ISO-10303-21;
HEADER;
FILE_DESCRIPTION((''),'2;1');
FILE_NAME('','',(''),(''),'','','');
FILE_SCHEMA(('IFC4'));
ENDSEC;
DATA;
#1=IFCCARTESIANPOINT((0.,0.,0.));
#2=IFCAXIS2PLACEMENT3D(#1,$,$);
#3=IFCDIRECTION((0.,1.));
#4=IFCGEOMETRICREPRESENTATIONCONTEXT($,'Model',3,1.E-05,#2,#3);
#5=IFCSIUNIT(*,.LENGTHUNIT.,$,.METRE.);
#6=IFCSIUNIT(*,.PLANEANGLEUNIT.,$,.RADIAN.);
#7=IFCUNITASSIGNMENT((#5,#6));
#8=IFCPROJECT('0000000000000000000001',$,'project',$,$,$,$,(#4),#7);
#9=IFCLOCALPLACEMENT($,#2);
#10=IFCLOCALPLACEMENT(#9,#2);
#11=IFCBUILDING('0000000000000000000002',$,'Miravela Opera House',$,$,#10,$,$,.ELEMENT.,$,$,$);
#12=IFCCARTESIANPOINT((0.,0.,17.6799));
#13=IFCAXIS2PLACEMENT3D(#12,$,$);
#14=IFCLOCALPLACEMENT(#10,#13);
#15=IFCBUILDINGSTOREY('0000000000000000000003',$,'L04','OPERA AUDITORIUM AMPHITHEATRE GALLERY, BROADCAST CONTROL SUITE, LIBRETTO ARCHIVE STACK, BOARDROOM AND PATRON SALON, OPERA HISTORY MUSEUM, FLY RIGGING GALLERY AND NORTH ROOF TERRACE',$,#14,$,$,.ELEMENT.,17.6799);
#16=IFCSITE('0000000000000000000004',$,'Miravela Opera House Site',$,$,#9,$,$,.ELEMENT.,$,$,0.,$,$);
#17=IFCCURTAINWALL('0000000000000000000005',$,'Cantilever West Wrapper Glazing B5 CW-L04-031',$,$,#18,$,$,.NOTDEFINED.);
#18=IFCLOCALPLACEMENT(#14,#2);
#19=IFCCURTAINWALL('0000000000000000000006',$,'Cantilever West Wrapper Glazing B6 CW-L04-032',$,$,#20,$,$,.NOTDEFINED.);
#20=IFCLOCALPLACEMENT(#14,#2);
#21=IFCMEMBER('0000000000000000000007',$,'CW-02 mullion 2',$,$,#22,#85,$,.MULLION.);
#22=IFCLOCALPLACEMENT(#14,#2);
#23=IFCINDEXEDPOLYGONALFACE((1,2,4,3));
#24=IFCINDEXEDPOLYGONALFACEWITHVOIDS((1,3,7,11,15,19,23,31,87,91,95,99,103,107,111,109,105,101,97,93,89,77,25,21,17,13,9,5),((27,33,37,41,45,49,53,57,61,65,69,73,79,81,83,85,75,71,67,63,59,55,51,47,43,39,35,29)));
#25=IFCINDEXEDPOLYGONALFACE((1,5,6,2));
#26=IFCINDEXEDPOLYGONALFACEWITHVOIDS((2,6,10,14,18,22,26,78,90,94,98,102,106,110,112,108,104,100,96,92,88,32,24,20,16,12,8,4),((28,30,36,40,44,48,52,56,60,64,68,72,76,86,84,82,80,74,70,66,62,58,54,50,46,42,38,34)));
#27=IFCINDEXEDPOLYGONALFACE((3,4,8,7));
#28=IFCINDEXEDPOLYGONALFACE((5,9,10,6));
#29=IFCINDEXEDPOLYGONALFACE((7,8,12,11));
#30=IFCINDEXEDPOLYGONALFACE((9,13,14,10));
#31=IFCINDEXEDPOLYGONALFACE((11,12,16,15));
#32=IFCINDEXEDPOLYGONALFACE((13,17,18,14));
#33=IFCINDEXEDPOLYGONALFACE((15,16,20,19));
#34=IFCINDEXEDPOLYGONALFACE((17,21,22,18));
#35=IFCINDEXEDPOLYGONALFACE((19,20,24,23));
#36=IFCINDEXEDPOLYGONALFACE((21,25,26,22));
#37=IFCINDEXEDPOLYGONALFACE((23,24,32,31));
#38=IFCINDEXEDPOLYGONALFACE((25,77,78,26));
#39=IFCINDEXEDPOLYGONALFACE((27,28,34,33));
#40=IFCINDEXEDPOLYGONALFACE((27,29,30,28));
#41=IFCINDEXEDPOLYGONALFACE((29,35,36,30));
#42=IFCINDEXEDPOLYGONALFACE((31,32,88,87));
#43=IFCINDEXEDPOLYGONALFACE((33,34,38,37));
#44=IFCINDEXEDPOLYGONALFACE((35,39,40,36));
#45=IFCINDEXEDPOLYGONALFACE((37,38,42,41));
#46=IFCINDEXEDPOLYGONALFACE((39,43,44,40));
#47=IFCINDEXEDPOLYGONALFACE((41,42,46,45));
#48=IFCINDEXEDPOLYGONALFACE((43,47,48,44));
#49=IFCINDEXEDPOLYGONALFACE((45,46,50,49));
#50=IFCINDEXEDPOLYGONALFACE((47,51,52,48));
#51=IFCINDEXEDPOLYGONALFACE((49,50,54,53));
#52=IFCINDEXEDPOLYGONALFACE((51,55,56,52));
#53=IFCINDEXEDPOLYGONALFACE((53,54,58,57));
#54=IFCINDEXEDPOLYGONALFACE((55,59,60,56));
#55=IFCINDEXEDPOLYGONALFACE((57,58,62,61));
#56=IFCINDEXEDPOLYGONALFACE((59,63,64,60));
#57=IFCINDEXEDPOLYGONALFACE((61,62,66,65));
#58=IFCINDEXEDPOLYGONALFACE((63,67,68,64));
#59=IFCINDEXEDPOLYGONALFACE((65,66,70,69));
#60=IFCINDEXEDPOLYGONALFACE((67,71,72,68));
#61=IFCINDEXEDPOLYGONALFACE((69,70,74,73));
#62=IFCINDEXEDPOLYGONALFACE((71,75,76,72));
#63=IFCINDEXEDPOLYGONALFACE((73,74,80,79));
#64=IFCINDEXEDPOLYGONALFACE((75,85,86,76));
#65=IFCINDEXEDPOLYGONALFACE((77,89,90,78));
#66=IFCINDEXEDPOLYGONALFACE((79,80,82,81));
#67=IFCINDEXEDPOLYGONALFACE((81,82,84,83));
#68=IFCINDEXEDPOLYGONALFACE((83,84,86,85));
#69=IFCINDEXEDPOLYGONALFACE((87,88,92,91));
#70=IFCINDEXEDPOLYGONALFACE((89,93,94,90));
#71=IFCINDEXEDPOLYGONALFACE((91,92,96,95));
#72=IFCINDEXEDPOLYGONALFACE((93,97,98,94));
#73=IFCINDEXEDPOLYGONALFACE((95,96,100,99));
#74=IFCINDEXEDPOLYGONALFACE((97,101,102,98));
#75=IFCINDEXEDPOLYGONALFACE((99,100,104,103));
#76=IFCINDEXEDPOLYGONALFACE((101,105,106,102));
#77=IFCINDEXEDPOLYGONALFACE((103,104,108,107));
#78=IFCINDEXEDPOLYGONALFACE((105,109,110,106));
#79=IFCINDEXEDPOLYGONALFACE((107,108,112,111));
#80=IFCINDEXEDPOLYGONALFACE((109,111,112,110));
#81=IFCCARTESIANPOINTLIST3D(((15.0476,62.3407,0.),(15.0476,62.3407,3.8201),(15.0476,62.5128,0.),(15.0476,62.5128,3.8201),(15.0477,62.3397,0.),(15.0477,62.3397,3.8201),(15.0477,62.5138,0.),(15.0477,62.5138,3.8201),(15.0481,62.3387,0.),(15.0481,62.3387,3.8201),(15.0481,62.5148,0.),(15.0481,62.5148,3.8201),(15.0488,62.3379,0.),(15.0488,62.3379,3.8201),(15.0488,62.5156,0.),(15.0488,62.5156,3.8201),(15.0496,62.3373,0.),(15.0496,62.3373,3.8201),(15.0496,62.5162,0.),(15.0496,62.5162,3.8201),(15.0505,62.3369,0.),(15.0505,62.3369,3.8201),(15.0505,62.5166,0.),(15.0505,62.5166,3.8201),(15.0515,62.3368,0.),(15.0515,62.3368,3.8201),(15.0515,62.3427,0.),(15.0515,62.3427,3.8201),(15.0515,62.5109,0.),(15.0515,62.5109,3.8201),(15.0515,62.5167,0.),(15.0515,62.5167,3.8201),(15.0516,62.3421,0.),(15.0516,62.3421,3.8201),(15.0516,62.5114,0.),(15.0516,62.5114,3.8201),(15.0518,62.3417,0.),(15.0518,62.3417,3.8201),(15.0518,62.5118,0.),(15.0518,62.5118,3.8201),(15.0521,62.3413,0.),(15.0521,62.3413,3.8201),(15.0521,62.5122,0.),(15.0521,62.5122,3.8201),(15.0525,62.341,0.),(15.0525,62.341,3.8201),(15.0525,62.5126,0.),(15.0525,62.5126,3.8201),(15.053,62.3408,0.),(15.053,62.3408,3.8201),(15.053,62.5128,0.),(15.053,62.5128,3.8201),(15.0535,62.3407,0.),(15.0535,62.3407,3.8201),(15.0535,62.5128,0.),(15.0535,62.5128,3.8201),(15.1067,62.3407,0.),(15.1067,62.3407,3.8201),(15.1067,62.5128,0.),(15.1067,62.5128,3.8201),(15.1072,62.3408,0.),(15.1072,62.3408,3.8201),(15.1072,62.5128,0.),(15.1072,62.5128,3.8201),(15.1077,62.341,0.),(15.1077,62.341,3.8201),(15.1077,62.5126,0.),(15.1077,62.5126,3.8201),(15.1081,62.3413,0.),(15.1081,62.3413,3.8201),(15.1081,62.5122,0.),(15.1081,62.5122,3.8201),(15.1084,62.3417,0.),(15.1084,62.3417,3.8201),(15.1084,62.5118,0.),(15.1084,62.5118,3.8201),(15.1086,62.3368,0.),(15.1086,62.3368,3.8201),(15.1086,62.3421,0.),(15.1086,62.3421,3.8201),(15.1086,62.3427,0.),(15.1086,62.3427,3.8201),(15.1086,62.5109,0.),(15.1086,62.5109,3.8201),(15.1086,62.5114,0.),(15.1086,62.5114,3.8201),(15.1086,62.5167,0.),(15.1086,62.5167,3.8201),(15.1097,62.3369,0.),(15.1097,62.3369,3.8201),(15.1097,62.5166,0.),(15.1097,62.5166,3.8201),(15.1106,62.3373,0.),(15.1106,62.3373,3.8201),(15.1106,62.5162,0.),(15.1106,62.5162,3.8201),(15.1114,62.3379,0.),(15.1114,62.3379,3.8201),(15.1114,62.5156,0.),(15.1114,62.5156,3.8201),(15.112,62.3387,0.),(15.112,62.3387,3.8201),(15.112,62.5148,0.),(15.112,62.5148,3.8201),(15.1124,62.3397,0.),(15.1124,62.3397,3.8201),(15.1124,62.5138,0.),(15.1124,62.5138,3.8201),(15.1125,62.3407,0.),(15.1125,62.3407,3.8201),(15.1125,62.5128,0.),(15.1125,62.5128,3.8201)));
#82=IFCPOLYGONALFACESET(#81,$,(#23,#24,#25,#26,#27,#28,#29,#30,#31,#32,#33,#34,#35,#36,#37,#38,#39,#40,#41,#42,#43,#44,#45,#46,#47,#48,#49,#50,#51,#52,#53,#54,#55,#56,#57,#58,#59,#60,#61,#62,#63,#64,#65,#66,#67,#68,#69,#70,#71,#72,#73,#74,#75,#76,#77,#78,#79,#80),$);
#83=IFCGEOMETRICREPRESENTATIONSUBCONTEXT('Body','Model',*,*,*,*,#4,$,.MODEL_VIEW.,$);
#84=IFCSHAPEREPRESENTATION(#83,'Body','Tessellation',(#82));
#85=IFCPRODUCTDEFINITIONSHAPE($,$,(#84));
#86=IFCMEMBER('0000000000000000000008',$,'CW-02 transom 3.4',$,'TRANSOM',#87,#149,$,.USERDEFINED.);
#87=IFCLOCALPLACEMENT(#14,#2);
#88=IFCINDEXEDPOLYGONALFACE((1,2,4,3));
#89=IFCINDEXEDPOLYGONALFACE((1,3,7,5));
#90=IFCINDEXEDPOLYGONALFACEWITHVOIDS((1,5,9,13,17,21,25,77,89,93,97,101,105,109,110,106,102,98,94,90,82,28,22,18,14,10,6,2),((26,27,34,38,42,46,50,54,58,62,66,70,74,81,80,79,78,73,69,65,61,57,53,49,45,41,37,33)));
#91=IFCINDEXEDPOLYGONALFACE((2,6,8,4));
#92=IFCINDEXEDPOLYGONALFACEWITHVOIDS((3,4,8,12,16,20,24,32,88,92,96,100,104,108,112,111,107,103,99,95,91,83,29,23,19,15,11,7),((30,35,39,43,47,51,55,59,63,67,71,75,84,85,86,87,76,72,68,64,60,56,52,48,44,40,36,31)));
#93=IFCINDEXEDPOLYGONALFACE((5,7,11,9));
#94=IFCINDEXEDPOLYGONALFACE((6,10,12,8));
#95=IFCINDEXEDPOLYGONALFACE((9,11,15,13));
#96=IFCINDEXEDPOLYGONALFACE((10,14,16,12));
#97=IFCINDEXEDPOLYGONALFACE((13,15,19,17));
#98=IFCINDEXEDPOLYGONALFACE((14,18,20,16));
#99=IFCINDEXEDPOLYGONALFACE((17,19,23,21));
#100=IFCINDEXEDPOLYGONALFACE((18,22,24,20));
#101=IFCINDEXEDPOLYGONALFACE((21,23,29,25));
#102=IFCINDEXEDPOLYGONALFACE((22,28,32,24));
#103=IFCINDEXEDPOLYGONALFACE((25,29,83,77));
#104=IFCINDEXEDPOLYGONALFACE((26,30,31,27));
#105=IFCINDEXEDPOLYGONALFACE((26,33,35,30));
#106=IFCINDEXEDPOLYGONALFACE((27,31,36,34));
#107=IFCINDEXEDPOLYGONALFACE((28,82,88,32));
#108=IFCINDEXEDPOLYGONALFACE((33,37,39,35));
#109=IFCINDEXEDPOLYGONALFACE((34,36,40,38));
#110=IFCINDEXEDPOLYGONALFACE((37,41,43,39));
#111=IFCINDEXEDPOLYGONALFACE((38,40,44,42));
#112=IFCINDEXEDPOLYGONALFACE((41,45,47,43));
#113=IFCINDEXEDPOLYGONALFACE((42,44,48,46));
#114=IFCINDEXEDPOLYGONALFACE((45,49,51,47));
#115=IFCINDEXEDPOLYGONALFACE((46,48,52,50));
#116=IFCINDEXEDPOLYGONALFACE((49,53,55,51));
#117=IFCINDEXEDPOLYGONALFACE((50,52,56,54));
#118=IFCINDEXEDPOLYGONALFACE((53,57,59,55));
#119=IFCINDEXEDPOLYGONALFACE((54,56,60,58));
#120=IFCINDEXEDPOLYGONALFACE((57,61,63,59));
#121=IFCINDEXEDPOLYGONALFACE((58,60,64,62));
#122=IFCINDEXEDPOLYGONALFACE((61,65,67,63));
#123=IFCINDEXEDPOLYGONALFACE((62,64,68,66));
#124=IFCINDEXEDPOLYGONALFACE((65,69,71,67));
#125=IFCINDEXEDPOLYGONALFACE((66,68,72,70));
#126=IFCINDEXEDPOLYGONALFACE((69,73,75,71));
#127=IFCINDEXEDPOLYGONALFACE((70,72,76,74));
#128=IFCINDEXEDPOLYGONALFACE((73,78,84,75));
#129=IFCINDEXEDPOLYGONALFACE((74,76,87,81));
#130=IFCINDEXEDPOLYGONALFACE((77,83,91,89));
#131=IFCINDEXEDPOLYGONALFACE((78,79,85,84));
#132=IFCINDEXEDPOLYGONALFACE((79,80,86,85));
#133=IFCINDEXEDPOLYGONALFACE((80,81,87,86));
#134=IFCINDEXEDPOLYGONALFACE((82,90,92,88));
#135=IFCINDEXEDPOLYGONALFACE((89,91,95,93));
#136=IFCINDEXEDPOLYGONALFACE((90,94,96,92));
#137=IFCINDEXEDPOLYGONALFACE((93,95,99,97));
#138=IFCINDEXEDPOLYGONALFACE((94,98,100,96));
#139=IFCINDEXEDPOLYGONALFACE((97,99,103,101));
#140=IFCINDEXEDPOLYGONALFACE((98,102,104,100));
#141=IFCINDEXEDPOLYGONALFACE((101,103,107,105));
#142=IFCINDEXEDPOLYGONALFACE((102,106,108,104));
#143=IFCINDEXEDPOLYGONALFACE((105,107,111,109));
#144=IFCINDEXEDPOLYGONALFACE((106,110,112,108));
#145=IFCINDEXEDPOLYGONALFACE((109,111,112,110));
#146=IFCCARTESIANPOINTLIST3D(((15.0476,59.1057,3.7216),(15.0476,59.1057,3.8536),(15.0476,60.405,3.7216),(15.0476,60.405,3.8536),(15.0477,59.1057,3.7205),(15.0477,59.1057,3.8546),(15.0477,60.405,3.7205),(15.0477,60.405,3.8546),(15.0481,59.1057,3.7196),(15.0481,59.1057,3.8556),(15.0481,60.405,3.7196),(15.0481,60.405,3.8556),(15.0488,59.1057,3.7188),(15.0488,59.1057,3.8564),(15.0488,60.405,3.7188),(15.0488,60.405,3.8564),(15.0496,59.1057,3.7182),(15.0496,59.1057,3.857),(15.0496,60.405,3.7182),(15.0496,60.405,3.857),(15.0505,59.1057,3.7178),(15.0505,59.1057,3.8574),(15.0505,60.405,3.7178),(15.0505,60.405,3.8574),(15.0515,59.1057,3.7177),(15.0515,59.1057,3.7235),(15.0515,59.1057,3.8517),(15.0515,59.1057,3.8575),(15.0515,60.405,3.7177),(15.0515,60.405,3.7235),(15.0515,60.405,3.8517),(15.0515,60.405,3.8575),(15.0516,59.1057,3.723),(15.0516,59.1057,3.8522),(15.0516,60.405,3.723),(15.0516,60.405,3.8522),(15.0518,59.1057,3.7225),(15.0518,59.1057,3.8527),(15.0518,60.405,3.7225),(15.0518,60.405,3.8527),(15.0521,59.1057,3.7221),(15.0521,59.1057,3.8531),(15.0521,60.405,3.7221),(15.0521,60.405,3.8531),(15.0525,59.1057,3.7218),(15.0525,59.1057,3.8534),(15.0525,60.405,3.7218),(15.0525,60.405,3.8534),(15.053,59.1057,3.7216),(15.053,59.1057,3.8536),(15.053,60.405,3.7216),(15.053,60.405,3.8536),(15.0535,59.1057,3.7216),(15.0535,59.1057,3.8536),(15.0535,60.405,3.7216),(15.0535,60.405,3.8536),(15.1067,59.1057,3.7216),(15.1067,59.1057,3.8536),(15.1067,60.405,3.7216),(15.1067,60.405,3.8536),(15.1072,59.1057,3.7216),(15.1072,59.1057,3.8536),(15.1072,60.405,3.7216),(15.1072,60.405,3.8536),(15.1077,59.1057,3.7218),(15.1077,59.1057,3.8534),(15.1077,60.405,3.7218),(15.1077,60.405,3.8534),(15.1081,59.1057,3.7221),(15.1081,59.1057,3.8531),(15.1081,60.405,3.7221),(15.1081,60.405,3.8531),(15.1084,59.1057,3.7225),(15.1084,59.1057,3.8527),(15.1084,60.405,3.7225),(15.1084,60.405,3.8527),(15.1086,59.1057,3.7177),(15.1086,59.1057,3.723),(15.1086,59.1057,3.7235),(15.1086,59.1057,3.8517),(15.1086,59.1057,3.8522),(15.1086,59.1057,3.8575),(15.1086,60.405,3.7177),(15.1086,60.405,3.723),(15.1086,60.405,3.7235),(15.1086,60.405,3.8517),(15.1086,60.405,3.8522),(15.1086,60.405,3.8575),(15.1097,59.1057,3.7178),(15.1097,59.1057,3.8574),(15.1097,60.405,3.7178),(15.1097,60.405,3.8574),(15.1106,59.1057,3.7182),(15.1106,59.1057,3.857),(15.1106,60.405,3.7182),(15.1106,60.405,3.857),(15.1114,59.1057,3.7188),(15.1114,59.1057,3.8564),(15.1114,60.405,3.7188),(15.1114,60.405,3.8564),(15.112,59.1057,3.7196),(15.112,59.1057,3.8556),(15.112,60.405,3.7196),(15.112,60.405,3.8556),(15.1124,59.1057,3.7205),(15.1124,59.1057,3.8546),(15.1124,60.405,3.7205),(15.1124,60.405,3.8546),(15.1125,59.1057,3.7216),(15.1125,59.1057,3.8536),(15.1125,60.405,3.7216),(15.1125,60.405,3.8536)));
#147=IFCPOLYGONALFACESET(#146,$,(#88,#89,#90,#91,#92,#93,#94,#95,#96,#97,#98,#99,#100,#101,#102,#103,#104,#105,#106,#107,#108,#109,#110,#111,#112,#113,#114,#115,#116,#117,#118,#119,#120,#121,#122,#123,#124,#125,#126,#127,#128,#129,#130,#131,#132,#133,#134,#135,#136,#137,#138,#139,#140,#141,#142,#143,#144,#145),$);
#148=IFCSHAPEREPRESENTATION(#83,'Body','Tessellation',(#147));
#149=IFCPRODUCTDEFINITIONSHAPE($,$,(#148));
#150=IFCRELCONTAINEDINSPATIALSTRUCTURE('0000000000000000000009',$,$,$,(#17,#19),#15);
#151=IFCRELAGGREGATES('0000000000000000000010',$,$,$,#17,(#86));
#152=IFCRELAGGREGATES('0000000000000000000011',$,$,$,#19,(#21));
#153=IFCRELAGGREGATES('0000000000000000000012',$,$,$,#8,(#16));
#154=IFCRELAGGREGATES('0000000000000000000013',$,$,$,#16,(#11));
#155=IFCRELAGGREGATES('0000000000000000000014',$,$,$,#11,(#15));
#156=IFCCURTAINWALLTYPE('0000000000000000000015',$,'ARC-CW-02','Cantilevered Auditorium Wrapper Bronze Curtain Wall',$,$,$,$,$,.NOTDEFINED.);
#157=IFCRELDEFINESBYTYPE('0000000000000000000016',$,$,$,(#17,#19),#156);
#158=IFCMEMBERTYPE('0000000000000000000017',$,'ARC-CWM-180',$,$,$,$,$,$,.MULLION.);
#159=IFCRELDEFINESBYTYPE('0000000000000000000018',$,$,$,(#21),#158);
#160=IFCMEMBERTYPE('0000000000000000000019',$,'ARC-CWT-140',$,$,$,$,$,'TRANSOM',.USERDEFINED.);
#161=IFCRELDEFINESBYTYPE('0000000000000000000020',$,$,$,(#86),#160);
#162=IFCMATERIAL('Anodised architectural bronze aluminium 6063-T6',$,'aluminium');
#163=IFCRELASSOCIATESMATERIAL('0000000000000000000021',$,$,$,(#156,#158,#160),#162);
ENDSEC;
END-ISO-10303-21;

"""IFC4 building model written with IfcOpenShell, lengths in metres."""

from ifc_helpers import new_model, si_unit, direction, frame, origin, origin_2d, place, context, subcontext, project, spatial, hollow_rectangle, extrude, material, material_profile, profile_set, type_object, element, aggregate, save


model = new_model("IFC4")

# Units and contexts
model_context = context("Model", 3, precision=1e-05, world=origin(), true_north=direction((0.0, 1.0)))
body_context = subcontext(model_context, "Body", "Model", "MODEL_VIEW")
ifc_project = project(units=[si_unit("LENGTHUNIT", "METRE"), si_unit("PLANEANGLEUNIT", "RADIAN")], contexts=[model_context])

# Site, building, storey
site_placement = place(None, origin())
site = spatial("IfcSite", under=ifc_project, at=site_placement, Name="Miravela Opera House Site", CompositionType="ELEMENT", RefElevation=0.0)
building_placement = place(site_placement, origin())
building = spatial("IfcBuilding", under=site, at=building_placement, Name="Miravela Opera House", CompositionType="ELEMENT")
storey_placement = place(building_placement, frame((0.0, 0.0, 17.6799)))
storey = spatial("IfcBuildingStorey", under=building, at=storey_placement, Name="L04", Description="OPERA AUDITORIUM AMPHITHEATRE GALLERY, BROADCAST CONTROL SUITE, LIBRETTO ARCHIVE STACK, BOARDROOM AND PATRON SALON, OPERA HISTORY MUSEUM, FLY RIGGING GALLERY AND NORTH ROOF TERRACE", CompositionType="ELEMENT", Elevation=17.6799)

# Curtain wall
ifc_material_1 = material(Name="Anodised architectural bronze aluminium 6063-T6", Category="aluminium")
curtain_wall_type = type_object("IfcCurtainWallType", Name="ARC-CW-02", Description="Cantilevered Auditorium Wrapper Bronze Curtain Wall", PredefinedType="NOTDEFINED", material=ifc_material_1)
curtain_wall_1_placement = place(storey_placement, origin())
curtain_wall_1 = element("IfcCurtainWall", 1, at=curtain_wall_1_placement, inside=storey, type_object=curtain_wall_type, Name="Cantilever West Wrapper Glazing B5 CW-L04-031", PredefinedType="NOTDEFINED")
ifc_material_profile_1 = material_profile(ifc_material_1, hollow_rectangle(XDim=0.0649, YDim=0.1799, WallThickness=0.0039, InnerFilletRadius=0.002, OuterFilletRadius=0.0039, at=origin_2d()), Name="CWM-65X180")
ifc_profile_set_1 = profile_set([ifc_material_profile_1])
member_type_1 = type_object("IfcMemberType", Name="ARC-CWM-180", PredefinedType="MULLION", material=ifc_profile_set_1)

# Curtain wall, member
curtain_wall_2_placement = place(storey_placement, origin())
curtain_wall_2 = element("IfcCurtainWall", 2, at=curtain_wall_2_placement, inside=storey, type_object=curtain_wall_type, Name="Cantilever West Wrapper Glazing B6 CW-L04-032", PredefinedType="NOTDEFINED")
member_1_placement = place(storey_placement, frame((15.0801, 62.4268, 0.0), z_axis=(0.0, 0.0, 1.0), x_axis=(-1.0, 0.0, 0.0)))
member_1 = element("IfcMember", 3, at=member_1_placement, type_object=member_type_1, Name="CW-02 mullion 2", PredefinedType="MULLION", context=body_context, shape_type="SweptSolid", body=[
    extrude(hollow_rectangle(XDim=0.0649, YDim=0.1799, WallThickness=0.0039, InnerFilletRadius=0.002, OuterFilletRadius=0.0039, at=origin_2d()), origin(), (0.0, 0.0, 1.0), 3.8201),
])

# Member
ifc_material_profile_2 = material_profile(ifc_material_1, hollow_rectangle(XDim=0.0649, YDim=0.1399, WallThickness=0.0039, InnerFilletRadius=0.002, OuterFilletRadius=0.0039, at=origin_2d()), Name="CWT-65X140")
ifc_profile_set_2 = profile_set([ifc_material_profile_2])
member_type_2 = type_object("IfcMemberType", Name="ARC-CWT-140", ElementType="TRANSOM", PredefinedType="USERDEFINED", material=ifc_profile_set_2)
member_2_placement = place(storey_placement, frame((15.0801, 59.1057, 3.7876), z_axis=(0.0, 1.0, 0.0), x_axis=(-1.0, 0.0, 0.0)))
member_2 = element("IfcMember", 4, at=member_2_placement, type_object=member_type_2, Name="CW-02 transom 3.4", ObjectType="TRANSOM", PredefinedType="USERDEFINED", context=body_context, shape_type="SweptSolid", body=[
    extrude(hollow_rectangle(XDim=0.0649, YDim=0.1399, WallThickness=0.0039, InnerFilletRadius=0.002, OuterFilletRadius=0.0039, at=origin_2d()), origin(), (0.0, 0.0, 1.0), 1.2993),
])

aggregate(curtain_wall_1, [member_2])
aggregate(curtain_wall_2, [member_1])

save(model, "model.ifc")
